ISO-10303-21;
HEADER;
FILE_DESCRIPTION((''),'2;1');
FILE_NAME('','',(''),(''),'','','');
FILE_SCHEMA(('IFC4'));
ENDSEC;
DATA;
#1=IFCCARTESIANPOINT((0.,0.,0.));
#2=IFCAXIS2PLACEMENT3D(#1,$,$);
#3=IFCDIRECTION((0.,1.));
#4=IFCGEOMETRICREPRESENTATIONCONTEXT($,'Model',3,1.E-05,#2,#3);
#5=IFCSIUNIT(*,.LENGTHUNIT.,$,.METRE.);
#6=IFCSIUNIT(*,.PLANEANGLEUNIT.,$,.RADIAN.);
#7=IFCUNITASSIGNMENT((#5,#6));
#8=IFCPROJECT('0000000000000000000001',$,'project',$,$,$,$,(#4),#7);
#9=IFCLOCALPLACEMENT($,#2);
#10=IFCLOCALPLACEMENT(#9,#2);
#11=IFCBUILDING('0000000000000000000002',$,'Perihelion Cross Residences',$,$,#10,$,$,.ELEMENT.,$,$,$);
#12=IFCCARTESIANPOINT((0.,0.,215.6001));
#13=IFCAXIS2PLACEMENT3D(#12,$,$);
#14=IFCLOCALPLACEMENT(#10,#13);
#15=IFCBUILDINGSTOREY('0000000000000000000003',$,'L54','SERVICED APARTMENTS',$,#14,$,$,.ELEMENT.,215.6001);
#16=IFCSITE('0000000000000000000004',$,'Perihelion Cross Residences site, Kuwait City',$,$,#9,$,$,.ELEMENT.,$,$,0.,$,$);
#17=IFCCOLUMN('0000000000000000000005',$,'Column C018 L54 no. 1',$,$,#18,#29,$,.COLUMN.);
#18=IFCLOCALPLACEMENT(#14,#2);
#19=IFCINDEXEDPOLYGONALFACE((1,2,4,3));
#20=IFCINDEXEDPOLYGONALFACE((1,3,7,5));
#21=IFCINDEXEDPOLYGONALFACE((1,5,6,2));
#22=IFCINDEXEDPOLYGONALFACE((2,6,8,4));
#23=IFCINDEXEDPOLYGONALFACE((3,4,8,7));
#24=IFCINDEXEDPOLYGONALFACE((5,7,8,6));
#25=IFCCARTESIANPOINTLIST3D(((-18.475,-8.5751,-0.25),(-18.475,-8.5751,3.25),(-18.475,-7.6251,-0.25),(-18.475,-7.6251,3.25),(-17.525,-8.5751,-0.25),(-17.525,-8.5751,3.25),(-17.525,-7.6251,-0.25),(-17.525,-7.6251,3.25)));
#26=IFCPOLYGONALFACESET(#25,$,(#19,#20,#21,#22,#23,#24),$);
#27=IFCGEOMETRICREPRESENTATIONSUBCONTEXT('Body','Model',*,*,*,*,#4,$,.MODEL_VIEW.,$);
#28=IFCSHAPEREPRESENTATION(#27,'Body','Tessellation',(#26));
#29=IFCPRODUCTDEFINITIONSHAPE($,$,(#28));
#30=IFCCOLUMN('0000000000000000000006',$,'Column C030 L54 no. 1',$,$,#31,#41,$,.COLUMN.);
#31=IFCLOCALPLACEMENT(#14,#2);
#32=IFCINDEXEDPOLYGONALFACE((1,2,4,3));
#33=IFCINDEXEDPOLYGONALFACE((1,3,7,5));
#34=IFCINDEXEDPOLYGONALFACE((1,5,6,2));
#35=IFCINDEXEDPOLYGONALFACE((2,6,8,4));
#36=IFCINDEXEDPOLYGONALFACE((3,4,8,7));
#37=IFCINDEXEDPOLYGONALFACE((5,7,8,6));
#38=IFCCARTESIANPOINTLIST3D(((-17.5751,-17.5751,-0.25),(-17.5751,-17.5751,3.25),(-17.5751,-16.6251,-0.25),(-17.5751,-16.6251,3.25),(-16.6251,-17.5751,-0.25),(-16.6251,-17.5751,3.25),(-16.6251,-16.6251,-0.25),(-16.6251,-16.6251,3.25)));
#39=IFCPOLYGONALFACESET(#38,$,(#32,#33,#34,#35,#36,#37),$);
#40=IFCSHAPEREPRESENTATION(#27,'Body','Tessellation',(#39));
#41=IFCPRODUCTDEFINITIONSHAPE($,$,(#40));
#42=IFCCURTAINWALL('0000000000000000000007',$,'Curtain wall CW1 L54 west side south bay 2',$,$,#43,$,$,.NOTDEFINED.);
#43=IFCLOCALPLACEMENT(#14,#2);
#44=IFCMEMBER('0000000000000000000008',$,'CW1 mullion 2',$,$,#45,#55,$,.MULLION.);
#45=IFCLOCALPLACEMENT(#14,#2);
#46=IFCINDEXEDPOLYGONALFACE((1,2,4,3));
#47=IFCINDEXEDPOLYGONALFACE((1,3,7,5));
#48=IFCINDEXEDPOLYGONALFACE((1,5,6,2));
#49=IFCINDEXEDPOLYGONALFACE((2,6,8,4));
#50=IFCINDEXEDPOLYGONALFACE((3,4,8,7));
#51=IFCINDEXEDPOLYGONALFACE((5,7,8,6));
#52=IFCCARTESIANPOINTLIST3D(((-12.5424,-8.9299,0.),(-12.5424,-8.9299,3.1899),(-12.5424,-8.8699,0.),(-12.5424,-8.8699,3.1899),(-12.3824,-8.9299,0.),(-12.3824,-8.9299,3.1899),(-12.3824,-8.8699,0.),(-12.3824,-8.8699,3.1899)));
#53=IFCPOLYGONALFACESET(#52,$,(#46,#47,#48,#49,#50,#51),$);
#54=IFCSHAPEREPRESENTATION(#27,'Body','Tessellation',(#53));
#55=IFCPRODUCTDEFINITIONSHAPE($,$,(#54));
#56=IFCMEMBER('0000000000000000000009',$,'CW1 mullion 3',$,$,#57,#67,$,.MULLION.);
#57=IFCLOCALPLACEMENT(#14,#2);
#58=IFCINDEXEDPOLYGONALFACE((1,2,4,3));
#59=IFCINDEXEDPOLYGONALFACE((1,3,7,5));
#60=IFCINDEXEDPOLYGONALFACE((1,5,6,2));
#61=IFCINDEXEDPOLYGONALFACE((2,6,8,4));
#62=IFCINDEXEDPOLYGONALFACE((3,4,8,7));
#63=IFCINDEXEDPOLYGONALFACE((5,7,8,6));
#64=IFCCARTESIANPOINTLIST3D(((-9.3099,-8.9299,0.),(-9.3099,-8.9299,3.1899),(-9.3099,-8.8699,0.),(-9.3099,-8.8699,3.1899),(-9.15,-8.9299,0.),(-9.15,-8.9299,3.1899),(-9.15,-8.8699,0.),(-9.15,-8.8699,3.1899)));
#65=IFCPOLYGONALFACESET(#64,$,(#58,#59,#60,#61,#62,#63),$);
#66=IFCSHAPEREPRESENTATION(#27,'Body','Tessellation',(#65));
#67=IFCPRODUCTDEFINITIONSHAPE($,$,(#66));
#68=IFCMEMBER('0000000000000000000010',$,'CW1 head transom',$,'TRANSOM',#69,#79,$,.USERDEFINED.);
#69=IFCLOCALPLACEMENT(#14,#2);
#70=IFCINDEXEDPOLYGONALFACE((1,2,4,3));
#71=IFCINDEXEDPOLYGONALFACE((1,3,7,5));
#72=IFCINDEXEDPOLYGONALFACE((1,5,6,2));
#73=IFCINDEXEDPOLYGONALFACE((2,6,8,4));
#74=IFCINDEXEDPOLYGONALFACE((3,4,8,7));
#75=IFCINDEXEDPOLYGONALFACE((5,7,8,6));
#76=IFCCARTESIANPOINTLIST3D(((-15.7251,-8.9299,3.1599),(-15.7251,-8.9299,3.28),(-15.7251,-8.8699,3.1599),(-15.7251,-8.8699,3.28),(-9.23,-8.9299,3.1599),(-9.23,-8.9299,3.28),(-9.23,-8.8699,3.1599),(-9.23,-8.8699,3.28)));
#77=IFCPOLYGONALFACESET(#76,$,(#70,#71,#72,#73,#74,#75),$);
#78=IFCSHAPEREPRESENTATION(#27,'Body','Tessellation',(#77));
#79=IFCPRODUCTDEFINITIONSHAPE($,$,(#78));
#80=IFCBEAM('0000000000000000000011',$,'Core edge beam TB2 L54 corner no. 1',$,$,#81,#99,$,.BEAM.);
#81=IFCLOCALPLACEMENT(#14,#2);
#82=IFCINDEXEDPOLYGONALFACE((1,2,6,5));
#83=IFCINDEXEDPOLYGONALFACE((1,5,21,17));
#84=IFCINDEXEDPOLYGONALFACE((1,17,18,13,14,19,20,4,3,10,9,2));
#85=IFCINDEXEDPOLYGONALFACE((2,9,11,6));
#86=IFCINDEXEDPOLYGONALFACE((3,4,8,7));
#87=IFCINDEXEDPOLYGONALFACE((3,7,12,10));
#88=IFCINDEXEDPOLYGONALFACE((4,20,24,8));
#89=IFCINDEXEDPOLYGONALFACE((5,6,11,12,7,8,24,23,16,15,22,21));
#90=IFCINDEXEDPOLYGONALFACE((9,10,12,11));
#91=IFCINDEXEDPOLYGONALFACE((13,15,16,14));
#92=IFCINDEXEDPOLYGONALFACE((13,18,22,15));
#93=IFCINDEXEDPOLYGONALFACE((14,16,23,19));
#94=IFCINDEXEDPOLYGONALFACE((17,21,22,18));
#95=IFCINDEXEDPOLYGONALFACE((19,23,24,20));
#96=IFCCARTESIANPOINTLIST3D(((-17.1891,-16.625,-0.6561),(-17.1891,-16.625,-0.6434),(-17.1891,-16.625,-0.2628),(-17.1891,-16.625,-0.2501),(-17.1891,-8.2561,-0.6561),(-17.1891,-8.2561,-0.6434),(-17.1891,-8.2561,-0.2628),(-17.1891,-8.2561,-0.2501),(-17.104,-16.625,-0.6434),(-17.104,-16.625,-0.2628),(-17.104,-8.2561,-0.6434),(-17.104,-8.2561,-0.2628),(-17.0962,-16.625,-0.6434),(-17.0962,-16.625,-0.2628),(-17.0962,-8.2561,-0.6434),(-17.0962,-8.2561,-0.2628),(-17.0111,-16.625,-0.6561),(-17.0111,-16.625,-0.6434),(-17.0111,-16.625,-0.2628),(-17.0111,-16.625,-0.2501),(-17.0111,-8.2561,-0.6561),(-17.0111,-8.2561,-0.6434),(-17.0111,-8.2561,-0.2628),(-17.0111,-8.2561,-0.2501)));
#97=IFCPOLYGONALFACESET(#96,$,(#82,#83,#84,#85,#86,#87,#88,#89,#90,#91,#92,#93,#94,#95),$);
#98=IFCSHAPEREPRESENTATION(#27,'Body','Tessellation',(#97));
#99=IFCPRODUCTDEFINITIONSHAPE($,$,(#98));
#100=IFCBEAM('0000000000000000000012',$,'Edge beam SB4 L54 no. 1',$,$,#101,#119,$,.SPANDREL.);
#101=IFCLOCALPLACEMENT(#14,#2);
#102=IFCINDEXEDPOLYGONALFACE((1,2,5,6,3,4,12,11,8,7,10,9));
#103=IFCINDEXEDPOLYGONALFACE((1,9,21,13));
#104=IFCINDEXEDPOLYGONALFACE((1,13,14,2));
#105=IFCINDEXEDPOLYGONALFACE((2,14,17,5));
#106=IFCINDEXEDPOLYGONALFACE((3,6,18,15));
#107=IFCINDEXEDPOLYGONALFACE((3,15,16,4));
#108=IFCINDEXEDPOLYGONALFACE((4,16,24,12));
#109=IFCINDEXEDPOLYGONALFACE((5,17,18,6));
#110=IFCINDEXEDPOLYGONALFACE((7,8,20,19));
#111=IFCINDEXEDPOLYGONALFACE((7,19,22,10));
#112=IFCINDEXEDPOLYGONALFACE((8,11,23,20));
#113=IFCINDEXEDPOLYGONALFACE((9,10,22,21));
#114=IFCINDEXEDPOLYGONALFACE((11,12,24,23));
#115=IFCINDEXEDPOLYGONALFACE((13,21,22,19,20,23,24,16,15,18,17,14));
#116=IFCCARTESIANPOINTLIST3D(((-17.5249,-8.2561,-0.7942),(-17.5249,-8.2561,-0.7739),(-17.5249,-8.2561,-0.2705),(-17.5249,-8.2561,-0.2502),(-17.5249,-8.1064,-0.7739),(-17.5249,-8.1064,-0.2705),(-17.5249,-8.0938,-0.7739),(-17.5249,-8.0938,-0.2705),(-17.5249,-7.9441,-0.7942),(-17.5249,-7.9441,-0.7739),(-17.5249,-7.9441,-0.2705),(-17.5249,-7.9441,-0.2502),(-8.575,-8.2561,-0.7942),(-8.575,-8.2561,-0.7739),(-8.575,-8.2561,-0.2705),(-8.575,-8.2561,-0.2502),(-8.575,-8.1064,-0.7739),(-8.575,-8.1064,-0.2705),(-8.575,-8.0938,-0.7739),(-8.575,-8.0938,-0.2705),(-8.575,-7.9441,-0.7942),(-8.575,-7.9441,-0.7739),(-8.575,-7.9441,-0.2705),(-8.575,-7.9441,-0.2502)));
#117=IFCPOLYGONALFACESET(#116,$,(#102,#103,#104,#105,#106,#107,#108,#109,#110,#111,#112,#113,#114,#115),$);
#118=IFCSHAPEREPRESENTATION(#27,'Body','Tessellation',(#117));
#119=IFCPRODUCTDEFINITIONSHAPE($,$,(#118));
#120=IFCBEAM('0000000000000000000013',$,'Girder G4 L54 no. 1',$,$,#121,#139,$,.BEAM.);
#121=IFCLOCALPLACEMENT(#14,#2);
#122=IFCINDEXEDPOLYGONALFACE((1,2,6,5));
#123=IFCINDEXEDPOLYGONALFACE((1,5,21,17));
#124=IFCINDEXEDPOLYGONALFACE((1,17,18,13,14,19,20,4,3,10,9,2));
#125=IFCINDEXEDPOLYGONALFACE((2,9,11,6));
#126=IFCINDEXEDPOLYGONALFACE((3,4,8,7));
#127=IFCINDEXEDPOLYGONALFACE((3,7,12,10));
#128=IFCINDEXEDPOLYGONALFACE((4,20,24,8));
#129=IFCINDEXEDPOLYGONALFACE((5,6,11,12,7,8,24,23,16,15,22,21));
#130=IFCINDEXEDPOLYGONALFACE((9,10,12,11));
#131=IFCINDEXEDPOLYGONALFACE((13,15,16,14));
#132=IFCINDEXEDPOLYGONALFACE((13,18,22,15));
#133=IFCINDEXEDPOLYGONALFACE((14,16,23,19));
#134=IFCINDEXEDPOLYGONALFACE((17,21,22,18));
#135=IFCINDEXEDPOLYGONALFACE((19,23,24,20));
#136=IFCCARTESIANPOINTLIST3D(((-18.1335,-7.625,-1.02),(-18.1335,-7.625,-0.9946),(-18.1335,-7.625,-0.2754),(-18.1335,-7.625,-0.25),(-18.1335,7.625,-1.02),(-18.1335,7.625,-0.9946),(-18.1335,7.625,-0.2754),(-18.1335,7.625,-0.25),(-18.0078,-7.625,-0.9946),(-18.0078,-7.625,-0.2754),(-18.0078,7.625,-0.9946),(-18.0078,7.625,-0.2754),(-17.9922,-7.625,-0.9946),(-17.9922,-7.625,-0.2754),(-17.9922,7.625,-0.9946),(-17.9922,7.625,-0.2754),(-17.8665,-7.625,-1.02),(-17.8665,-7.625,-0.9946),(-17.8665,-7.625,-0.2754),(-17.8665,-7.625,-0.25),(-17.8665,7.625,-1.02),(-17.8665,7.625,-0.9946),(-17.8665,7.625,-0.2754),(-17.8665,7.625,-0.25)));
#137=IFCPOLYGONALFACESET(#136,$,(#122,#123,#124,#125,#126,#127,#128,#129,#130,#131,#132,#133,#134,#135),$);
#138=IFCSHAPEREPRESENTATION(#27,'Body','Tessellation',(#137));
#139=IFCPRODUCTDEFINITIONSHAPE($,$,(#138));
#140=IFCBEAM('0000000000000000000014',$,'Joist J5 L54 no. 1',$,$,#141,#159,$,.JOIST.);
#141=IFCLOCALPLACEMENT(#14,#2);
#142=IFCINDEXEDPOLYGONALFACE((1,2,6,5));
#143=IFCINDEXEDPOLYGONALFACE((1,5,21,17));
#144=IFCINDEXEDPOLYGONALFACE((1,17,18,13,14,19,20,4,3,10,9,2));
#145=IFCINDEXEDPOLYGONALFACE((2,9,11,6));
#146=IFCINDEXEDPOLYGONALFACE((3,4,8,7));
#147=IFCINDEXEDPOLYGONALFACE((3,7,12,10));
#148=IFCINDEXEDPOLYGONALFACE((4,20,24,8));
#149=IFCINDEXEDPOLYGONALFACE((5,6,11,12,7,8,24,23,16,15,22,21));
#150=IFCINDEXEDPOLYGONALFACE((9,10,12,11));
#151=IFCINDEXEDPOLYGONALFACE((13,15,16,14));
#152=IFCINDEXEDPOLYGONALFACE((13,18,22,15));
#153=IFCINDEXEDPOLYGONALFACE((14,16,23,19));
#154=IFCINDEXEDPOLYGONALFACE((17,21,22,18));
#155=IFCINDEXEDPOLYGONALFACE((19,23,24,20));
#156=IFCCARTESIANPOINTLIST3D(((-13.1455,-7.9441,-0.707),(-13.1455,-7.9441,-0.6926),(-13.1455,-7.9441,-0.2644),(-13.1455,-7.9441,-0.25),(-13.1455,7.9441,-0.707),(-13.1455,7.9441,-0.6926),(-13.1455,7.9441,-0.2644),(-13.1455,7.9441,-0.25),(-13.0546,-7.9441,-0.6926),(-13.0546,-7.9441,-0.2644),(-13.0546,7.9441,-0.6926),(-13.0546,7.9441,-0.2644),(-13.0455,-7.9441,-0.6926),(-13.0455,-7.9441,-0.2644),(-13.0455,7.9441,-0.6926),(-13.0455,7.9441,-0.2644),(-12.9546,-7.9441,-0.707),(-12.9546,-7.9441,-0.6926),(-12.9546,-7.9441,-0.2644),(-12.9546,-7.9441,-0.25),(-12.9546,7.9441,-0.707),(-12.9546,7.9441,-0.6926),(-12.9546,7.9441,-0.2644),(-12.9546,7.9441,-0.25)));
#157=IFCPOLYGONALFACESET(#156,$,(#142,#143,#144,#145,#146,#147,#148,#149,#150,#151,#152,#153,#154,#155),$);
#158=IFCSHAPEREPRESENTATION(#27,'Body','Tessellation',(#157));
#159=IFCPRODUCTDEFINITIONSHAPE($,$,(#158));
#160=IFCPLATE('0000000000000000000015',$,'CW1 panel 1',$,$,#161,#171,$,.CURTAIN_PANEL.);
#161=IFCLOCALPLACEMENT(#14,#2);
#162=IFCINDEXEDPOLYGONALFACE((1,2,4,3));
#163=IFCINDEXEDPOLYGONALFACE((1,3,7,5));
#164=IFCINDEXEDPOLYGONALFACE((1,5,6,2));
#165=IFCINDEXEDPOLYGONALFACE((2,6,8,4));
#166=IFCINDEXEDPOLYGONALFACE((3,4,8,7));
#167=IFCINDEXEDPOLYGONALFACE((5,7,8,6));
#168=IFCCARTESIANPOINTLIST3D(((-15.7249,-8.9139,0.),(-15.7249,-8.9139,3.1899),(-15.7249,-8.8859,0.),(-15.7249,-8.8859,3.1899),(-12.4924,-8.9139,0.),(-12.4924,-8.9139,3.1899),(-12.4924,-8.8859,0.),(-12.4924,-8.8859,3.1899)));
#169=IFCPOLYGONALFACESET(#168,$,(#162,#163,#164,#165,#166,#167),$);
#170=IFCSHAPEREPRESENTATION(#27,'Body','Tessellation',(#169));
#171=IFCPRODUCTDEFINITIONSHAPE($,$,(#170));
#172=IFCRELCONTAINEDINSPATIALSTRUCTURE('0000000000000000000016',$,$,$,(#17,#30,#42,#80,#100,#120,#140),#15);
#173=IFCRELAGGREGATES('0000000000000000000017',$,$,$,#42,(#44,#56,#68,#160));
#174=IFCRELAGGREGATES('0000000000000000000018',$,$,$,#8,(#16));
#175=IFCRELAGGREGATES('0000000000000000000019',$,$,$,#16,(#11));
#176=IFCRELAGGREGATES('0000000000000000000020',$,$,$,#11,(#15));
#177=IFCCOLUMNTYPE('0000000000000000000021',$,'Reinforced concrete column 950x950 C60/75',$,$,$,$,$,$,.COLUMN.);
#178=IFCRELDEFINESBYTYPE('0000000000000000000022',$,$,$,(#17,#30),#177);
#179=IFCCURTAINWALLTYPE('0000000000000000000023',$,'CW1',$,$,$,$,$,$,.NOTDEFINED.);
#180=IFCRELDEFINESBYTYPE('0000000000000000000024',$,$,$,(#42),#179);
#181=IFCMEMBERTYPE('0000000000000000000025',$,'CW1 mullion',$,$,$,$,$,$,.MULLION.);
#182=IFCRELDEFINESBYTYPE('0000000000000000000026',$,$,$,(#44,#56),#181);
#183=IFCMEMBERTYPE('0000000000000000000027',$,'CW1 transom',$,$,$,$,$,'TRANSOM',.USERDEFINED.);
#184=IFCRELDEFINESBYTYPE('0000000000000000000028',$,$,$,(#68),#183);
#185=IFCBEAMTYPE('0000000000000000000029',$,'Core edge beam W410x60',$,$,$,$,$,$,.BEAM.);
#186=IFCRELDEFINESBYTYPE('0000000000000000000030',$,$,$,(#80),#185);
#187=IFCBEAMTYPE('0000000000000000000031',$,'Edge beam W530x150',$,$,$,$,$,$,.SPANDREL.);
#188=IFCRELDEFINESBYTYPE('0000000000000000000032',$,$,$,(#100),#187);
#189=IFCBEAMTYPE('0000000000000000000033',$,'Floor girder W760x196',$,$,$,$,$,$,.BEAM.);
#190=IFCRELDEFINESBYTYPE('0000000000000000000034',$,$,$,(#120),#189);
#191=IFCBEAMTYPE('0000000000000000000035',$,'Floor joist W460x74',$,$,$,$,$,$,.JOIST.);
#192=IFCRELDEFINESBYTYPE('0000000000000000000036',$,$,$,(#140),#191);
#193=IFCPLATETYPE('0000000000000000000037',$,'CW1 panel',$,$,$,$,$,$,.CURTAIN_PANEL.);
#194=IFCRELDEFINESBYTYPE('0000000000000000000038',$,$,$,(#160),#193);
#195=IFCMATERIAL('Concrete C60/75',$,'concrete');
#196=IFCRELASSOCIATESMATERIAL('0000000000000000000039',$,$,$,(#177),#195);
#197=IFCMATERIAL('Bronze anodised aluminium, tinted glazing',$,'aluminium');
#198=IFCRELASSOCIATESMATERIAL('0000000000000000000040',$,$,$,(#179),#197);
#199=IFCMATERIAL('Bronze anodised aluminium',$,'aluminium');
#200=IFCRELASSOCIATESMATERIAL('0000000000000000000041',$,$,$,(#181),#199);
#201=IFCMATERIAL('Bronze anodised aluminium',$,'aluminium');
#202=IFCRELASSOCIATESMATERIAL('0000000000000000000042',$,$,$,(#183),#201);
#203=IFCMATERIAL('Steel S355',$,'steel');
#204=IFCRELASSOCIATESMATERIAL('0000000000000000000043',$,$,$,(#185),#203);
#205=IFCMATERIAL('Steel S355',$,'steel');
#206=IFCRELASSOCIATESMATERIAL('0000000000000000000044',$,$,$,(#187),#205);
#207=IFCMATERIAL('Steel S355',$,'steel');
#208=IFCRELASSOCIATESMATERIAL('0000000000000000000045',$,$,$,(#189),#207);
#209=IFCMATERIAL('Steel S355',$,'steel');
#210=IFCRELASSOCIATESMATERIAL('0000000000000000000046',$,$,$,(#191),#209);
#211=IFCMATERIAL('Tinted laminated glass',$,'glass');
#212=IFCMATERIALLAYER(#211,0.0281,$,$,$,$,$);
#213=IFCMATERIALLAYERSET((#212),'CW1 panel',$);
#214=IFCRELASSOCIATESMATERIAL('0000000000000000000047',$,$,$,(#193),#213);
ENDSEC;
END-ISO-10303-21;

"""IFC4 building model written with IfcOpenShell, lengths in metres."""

from ifc_helpers import new_model, si_unit, direction, frame, origin, origin_2d, place, context, subcontext, project, spatial, rectangle, i_section, extrude, material, layer, layer_set, material_profile, profile_set, type_object, element, aggregate, save


model = new_model("IFC4")

# Units and contexts
model_context = context("Model", 3, precision=1e-05, world=origin(), true_north=direction((0.0, 1.0)))
body_context = subcontext(model_context, "Body", "Model", "MODEL_VIEW")
ifc_project = project(units=[si_unit("LENGTHUNIT", "METRE"), si_unit("PLANEANGLEUNIT", "RADIAN")], contexts=[model_context])

# Site, building, storey
site_placement = place(None, origin())
site = spatial("IfcSite", under=ifc_project, at=site_placement, Name="Perihelion Cross Residences site, Kuwait City", CompositionType="ELEMENT", RefElevation=0.0)
building_placement = place(site_placement, origin())
building = spatial("IfcBuilding", under=site, at=building_placement, Name="Perihelion Cross Residences", CompositionType="ELEMENT")
storey_placement = place(building_placement, frame((0.0, 0.0, 215.6001)))
storey = spatial("IfcBuildingStorey", under=building, at=storey_placement, Name="L54", Description="SERVICED APARTMENTS", CompositionType="ELEMENT", Elevation=215.6001)

# Columns
ifc_material_1 = material(Name="Concrete C60/75", Category="concrete")
ifc_material_profile_1 = material_profile(ifc_material_1, rectangle(XDim=0.95, YDim=0.95, at=origin_2d()), Name="RC 950x950")
ifc_profile_set_1 = profile_set([ifc_material_profile_1], Name="Concrete C60/75")
column_type = type_object("IfcColumnType", Name="Reinforced concrete column 950x950 C60/75", PredefinedType="COLUMN", material=ifc_profile_set_1)
for number, where, z_axis, x_axis, name in (
    (1, (-18.0, -8.1001, -0.25), (0.0, 0.0, 1.0), (1.0, 0.0, 0.0), "Column C018 L54 no. 1"),
    (2, (-17.1001, -17.1001, -0.25), (0.0, 0.0, 1.0), (1.0, 0.0, 0.0), "Column C030 L54 no. 1"),
):
    element("IfcColumn", number, at=place(storey_placement, frame(where, z_axis=z_axis, x_axis=x_axis)), inside=storey, type_object=column_type, Name=name, PredefinedType="COLUMN", context=body_context, shape_type="SweptSolid", body=[
        extrude(rectangle(XDim=0.95, YDim=0.95, at=origin_2d()), origin(), (0.0, 0.0, 1.0), 3.5),
    ])

# Curtain wall, members
ifc_material_2 = material(Name="Bronze anodised aluminium, tinted glazing", Category="aluminium")
curtain_wall_type = type_object("IfcCurtainWallType", Name="CW1", PredefinedType="NOTDEFINED", material=ifc_material_2)
curtain_wall_placement = place(storey_placement, origin())
curtain_wall = element("IfcCurtainWall", 3, at=curtain_wall_placement, inside=storey, type_object=curtain_wall_type, Name="Curtain wall CW1 L54 west side south bay 2", PredefinedType="NOTDEFINED")
ifc_material_3 = material(Name="Bronze anodised aluminium", Category="aluminium")
ifc_material_profile_2 = material_profile(ifc_material_3, rectangle(XDim=0.0601, YDim=0.1599, at=origin_2d()), Name="CW1 mullion")
ifc_profile_set_2 = profile_set([ifc_material_profile_2], Name="Bronze anodised aluminium")
member_type_1 = type_object("IfcMemberType", Name="CW1 mullion", PredefinedType="MULLION", material=ifc_profile_set_2)
member_1_placement = place(storey_placement, frame((-12.4624, -8.8999, 0.0), z_axis=(0.0, 0.0, 1.0), x_axis=(0.0, 1.0, 0.0)))
member_1 = element("IfcMember", 4, at=member_1_placement, type_object=member_type_1, Name="CW1 mullion 2", PredefinedType="MULLION", context=body_context, shape_type="SweptSolid", body=[
    extrude(rectangle(XDim=0.0601, YDim=0.1599, at=origin_2d()), origin(), (0.0, 0.0, 1.0), 3.1899),
])
member_2_placement = place(storey_placement, frame((-9.23, -8.8999, 0.0), z_axis=(0.0, 0.0, 1.0), x_axis=(0.0, 1.0, 0.0)))
member_2 = element("IfcMember", 5, at=member_2_placement, type_object=member_type_1, Name="CW1 mullion 3", PredefinedType="MULLION", context=body_context, shape_type="SweptSolid", body=[
    extrude(rectangle(XDim=0.0601, YDim=0.1599, at=origin_2d()), origin(), (0.0, 0.0, 1.0), 3.1899),
])
ifc_material_4 = material(Name="Bronze anodised aluminium", Category="aluminium")
ifc_material_profile_3 = material_profile(ifc_material_4, rectangle(XDim=0.0601, YDim=0.1201, at=origin_2d()), Name="CW1 transom")
ifc_profile_set_3 = profile_set([ifc_material_profile_3], Name="Bronze anodised aluminium")
member_type_2 = type_object("IfcMemberType", Name="CW1 transom", ElementType="TRANSOM", PredefinedType="USERDEFINED", material=ifc_profile_set_3)
member_3_placement = place(storey_placement, frame((-15.7251, -8.8999, 3.22), z_axis=(1.0, 0.0, 0.0), x_axis=(0.0, 1.0, 0.0)))
member_3 = element("IfcMember", 6, at=member_3_placement, type_object=member_type_2, Name="CW1 head transom", ObjectType="TRANSOM", PredefinedType="USERDEFINED", context=body_context, shape_type="SweptSolid", body=[
    extrude(rectangle(XDim=0.0601, YDim=0.1201, at=origin_2d()), origin(), (0.0, 0.0, 1.0), 6.4951),
])

# Beams
ifc_material_5 = material(Name="Steel S355", Category="steel")
ifc_material_profile_4 = material_profile(ifc_material_5, i_section(OverallWidth=0.178, OverallDepth=0.406, WebThickness=0.0078, FlangeThickness=0.0127, at=origin_2d()), Name="W410x60")
ifc_profile_set_4 = profile_set([ifc_material_profile_4], Name="Steel S355")
beam_type_1 = type_object("IfcBeamType", Name="Core edge beam W410x60", PredefinedType="BEAM", material=ifc_profile_set_4)
beam_1_placement = place(storey_placement, frame((-17.1001, -8.2561, -0.4531), z_axis=(0.0, -1.0, 0.0), x_axis=(1.0, 0.0, 0.0)))
element("IfcBeam", 7, at=beam_1_placement, inside=storey, type_object=beam_type_1, Name="Core edge beam TB2 L54 corner no. 1", PredefinedType="BEAM", context=body_context, shape_type="SweptSolid", body=[
    extrude(i_section(OverallWidth=0.178, OverallDepth=0.406, WebThickness=0.0078, FlangeThickness=0.0127, at=origin_2d()), origin(), (0.0, 0.0, 1.0), 8.3689),
])
ifc_material_6 = material(Name="Steel S355", Category="steel")
ifc_material_profile_5 = material_profile(ifc_material_6, i_section(OverallWidth=0.312, OverallDepth=0.5439, WebThickness=0.0127, FlangeThickness=0.0203, at=origin_2d()), Name="W530x150")
ifc_profile_set_5 = profile_set([ifc_material_profile_5], Name="Steel S355")
beam_type_2 = type_object("IfcBeamType", Name="Edge beam W530x150", PredefinedType="SPANDREL", material=ifc_profile_set_5)
beam_2_placement = place(storey_placement, frame((-17.5249, -8.1001, -0.5222), z_axis=(1.0, 0.0, 0.0), x_axis=(0.0, 1.0, 0.0)))
element("IfcBeam", 8, at=beam_2_placement, inside=storey, type_object=beam_type_2, Name="Edge beam SB4 L54 no. 1", PredefinedType="SPANDREL", context=body_context, shape_type="SweptSolid", body=[
    extrude(i_section(OverallWidth=0.312, OverallDepth=0.5439, WebThickness=0.0127, FlangeThickness=0.0203, at=origin_2d()), origin(), (0.0, 0.0, 1.0), 8.95),
])
ifc_material_7 = material(Name="Steel S355", Category="steel")
ifc_material_profile_6 = material_profile(ifc_material_7, i_section(OverallWidth=0.2671, OverallDepth=0.77, WebThickness=0.0156, FlangeThickness=0.0254, at=origin_2d()), Name="W760x196")
ifc_profile_set_6 = profile_set([ifc_material_profile_6], Name="Steel S355")
beam_type_3 = type_object("IfcBeamType", Name="Floor girder W760x196", PredefinedType="BEAM", material=ifc_profile_set_6)
beam_3_placement = place(storey_placement, frame((-18.0, -7.625, -0.635), z_axis=(0.0, 1.0, 0.0), x_axis=(-1.0, 0.0, 0.0)))
element("IfcBeam", 9, at=beam_3_placement, inside=storey, type_object=beam_type_3, Name="Girder G4 L54 no. 1", PredefinedType="BEAM", context=body_context, shape_type="SweptSolid", body=[
    extrude(i_section(OverallWidth=0.2671, OverallDepth=0.77, WebThickness=0.0156, FlangeThickness=0.0254, at=origin_2d()), origin(), (0.0, 0.0, 1.0), 15.25),
])
ifc_material_8 = material(Name="Steel S355", Category="steel")
ifc_material_profile_7 = material_profile(ifc_material_8, i_section(OverallWidth=0.1909, OverallDepth=0.457, WebThickness=0.009, FlangeThickness=0.0144, at=origin_2d()), Name="W460x74")
ifc_profile_set_7 = profile_set([ifc_material_profile_7], Name="Steel S355")
beam_type_4 = type_object("IfcBeamType", Name="Floor joist W460x74", PredefinedType="JOIST", material=ifc_profile_set_7)
beam_4_placement = place(storey_placement, frame((-13.05, -7.9441, -0.4785), z_axis=(0.0, 1.0, 0.0), x_axis=(-1.0, 0.0, 0.0)))
element("IfcBeam", 10, at=beam_4_placement, inside=storey, type_object=beam_type_4, Name="Joist J5 L54 no. 1", PredefinedType="JOIST", context=body_context, shape_type="SweptSolid", body=[
    extrude(i_section(OverallWidth=0.1909, OverallDepth=0.457, WebThickness=0.009, FlangeThickness=0.0144, at=origin_2d()), origin(), (0.0, 0.0, 1.0), 15.8882),
])

# Plate
ifc_material_9 = material(Name="Tinted laminated glass", Category="glass")
ifc_layer_1 = layer(ifc_material_9, 0.0281)
ifc_layer_set_1 = layer_set([ifc_layer_1], Name="CW1 panel")
plate_type = type_object("IfcPlateType", Name="CW1 panel", PredefinedType="CURTAIN_PANEL", material=ifc_layer_set_1)
plate_1_placement = place(storey_placement, frame((-14.1086, -8.8999, 0.0), z_axis=(0.0, 0.0, 1.0), x_axis=(1.0, 0.0, 0.0)))
plate_1 = element("IfcPlate", 11, at=plate_1_placement, type_object=plate_type, Name="CW1 panel 1", PredefinedType="CURTAIN_PANEL", context=body_context, shape_type="SweptSolid", body=[
    extrude(rectangle(XDim=3.2324, YDim=0.0281, at=origin_2d()), origin(), (0.0, 0.0, 1.0), 3.1899),
])
aggregate(curtain_wall, [member_1, member_2, member_3, plate_1])

save(model, "model.ifc")
